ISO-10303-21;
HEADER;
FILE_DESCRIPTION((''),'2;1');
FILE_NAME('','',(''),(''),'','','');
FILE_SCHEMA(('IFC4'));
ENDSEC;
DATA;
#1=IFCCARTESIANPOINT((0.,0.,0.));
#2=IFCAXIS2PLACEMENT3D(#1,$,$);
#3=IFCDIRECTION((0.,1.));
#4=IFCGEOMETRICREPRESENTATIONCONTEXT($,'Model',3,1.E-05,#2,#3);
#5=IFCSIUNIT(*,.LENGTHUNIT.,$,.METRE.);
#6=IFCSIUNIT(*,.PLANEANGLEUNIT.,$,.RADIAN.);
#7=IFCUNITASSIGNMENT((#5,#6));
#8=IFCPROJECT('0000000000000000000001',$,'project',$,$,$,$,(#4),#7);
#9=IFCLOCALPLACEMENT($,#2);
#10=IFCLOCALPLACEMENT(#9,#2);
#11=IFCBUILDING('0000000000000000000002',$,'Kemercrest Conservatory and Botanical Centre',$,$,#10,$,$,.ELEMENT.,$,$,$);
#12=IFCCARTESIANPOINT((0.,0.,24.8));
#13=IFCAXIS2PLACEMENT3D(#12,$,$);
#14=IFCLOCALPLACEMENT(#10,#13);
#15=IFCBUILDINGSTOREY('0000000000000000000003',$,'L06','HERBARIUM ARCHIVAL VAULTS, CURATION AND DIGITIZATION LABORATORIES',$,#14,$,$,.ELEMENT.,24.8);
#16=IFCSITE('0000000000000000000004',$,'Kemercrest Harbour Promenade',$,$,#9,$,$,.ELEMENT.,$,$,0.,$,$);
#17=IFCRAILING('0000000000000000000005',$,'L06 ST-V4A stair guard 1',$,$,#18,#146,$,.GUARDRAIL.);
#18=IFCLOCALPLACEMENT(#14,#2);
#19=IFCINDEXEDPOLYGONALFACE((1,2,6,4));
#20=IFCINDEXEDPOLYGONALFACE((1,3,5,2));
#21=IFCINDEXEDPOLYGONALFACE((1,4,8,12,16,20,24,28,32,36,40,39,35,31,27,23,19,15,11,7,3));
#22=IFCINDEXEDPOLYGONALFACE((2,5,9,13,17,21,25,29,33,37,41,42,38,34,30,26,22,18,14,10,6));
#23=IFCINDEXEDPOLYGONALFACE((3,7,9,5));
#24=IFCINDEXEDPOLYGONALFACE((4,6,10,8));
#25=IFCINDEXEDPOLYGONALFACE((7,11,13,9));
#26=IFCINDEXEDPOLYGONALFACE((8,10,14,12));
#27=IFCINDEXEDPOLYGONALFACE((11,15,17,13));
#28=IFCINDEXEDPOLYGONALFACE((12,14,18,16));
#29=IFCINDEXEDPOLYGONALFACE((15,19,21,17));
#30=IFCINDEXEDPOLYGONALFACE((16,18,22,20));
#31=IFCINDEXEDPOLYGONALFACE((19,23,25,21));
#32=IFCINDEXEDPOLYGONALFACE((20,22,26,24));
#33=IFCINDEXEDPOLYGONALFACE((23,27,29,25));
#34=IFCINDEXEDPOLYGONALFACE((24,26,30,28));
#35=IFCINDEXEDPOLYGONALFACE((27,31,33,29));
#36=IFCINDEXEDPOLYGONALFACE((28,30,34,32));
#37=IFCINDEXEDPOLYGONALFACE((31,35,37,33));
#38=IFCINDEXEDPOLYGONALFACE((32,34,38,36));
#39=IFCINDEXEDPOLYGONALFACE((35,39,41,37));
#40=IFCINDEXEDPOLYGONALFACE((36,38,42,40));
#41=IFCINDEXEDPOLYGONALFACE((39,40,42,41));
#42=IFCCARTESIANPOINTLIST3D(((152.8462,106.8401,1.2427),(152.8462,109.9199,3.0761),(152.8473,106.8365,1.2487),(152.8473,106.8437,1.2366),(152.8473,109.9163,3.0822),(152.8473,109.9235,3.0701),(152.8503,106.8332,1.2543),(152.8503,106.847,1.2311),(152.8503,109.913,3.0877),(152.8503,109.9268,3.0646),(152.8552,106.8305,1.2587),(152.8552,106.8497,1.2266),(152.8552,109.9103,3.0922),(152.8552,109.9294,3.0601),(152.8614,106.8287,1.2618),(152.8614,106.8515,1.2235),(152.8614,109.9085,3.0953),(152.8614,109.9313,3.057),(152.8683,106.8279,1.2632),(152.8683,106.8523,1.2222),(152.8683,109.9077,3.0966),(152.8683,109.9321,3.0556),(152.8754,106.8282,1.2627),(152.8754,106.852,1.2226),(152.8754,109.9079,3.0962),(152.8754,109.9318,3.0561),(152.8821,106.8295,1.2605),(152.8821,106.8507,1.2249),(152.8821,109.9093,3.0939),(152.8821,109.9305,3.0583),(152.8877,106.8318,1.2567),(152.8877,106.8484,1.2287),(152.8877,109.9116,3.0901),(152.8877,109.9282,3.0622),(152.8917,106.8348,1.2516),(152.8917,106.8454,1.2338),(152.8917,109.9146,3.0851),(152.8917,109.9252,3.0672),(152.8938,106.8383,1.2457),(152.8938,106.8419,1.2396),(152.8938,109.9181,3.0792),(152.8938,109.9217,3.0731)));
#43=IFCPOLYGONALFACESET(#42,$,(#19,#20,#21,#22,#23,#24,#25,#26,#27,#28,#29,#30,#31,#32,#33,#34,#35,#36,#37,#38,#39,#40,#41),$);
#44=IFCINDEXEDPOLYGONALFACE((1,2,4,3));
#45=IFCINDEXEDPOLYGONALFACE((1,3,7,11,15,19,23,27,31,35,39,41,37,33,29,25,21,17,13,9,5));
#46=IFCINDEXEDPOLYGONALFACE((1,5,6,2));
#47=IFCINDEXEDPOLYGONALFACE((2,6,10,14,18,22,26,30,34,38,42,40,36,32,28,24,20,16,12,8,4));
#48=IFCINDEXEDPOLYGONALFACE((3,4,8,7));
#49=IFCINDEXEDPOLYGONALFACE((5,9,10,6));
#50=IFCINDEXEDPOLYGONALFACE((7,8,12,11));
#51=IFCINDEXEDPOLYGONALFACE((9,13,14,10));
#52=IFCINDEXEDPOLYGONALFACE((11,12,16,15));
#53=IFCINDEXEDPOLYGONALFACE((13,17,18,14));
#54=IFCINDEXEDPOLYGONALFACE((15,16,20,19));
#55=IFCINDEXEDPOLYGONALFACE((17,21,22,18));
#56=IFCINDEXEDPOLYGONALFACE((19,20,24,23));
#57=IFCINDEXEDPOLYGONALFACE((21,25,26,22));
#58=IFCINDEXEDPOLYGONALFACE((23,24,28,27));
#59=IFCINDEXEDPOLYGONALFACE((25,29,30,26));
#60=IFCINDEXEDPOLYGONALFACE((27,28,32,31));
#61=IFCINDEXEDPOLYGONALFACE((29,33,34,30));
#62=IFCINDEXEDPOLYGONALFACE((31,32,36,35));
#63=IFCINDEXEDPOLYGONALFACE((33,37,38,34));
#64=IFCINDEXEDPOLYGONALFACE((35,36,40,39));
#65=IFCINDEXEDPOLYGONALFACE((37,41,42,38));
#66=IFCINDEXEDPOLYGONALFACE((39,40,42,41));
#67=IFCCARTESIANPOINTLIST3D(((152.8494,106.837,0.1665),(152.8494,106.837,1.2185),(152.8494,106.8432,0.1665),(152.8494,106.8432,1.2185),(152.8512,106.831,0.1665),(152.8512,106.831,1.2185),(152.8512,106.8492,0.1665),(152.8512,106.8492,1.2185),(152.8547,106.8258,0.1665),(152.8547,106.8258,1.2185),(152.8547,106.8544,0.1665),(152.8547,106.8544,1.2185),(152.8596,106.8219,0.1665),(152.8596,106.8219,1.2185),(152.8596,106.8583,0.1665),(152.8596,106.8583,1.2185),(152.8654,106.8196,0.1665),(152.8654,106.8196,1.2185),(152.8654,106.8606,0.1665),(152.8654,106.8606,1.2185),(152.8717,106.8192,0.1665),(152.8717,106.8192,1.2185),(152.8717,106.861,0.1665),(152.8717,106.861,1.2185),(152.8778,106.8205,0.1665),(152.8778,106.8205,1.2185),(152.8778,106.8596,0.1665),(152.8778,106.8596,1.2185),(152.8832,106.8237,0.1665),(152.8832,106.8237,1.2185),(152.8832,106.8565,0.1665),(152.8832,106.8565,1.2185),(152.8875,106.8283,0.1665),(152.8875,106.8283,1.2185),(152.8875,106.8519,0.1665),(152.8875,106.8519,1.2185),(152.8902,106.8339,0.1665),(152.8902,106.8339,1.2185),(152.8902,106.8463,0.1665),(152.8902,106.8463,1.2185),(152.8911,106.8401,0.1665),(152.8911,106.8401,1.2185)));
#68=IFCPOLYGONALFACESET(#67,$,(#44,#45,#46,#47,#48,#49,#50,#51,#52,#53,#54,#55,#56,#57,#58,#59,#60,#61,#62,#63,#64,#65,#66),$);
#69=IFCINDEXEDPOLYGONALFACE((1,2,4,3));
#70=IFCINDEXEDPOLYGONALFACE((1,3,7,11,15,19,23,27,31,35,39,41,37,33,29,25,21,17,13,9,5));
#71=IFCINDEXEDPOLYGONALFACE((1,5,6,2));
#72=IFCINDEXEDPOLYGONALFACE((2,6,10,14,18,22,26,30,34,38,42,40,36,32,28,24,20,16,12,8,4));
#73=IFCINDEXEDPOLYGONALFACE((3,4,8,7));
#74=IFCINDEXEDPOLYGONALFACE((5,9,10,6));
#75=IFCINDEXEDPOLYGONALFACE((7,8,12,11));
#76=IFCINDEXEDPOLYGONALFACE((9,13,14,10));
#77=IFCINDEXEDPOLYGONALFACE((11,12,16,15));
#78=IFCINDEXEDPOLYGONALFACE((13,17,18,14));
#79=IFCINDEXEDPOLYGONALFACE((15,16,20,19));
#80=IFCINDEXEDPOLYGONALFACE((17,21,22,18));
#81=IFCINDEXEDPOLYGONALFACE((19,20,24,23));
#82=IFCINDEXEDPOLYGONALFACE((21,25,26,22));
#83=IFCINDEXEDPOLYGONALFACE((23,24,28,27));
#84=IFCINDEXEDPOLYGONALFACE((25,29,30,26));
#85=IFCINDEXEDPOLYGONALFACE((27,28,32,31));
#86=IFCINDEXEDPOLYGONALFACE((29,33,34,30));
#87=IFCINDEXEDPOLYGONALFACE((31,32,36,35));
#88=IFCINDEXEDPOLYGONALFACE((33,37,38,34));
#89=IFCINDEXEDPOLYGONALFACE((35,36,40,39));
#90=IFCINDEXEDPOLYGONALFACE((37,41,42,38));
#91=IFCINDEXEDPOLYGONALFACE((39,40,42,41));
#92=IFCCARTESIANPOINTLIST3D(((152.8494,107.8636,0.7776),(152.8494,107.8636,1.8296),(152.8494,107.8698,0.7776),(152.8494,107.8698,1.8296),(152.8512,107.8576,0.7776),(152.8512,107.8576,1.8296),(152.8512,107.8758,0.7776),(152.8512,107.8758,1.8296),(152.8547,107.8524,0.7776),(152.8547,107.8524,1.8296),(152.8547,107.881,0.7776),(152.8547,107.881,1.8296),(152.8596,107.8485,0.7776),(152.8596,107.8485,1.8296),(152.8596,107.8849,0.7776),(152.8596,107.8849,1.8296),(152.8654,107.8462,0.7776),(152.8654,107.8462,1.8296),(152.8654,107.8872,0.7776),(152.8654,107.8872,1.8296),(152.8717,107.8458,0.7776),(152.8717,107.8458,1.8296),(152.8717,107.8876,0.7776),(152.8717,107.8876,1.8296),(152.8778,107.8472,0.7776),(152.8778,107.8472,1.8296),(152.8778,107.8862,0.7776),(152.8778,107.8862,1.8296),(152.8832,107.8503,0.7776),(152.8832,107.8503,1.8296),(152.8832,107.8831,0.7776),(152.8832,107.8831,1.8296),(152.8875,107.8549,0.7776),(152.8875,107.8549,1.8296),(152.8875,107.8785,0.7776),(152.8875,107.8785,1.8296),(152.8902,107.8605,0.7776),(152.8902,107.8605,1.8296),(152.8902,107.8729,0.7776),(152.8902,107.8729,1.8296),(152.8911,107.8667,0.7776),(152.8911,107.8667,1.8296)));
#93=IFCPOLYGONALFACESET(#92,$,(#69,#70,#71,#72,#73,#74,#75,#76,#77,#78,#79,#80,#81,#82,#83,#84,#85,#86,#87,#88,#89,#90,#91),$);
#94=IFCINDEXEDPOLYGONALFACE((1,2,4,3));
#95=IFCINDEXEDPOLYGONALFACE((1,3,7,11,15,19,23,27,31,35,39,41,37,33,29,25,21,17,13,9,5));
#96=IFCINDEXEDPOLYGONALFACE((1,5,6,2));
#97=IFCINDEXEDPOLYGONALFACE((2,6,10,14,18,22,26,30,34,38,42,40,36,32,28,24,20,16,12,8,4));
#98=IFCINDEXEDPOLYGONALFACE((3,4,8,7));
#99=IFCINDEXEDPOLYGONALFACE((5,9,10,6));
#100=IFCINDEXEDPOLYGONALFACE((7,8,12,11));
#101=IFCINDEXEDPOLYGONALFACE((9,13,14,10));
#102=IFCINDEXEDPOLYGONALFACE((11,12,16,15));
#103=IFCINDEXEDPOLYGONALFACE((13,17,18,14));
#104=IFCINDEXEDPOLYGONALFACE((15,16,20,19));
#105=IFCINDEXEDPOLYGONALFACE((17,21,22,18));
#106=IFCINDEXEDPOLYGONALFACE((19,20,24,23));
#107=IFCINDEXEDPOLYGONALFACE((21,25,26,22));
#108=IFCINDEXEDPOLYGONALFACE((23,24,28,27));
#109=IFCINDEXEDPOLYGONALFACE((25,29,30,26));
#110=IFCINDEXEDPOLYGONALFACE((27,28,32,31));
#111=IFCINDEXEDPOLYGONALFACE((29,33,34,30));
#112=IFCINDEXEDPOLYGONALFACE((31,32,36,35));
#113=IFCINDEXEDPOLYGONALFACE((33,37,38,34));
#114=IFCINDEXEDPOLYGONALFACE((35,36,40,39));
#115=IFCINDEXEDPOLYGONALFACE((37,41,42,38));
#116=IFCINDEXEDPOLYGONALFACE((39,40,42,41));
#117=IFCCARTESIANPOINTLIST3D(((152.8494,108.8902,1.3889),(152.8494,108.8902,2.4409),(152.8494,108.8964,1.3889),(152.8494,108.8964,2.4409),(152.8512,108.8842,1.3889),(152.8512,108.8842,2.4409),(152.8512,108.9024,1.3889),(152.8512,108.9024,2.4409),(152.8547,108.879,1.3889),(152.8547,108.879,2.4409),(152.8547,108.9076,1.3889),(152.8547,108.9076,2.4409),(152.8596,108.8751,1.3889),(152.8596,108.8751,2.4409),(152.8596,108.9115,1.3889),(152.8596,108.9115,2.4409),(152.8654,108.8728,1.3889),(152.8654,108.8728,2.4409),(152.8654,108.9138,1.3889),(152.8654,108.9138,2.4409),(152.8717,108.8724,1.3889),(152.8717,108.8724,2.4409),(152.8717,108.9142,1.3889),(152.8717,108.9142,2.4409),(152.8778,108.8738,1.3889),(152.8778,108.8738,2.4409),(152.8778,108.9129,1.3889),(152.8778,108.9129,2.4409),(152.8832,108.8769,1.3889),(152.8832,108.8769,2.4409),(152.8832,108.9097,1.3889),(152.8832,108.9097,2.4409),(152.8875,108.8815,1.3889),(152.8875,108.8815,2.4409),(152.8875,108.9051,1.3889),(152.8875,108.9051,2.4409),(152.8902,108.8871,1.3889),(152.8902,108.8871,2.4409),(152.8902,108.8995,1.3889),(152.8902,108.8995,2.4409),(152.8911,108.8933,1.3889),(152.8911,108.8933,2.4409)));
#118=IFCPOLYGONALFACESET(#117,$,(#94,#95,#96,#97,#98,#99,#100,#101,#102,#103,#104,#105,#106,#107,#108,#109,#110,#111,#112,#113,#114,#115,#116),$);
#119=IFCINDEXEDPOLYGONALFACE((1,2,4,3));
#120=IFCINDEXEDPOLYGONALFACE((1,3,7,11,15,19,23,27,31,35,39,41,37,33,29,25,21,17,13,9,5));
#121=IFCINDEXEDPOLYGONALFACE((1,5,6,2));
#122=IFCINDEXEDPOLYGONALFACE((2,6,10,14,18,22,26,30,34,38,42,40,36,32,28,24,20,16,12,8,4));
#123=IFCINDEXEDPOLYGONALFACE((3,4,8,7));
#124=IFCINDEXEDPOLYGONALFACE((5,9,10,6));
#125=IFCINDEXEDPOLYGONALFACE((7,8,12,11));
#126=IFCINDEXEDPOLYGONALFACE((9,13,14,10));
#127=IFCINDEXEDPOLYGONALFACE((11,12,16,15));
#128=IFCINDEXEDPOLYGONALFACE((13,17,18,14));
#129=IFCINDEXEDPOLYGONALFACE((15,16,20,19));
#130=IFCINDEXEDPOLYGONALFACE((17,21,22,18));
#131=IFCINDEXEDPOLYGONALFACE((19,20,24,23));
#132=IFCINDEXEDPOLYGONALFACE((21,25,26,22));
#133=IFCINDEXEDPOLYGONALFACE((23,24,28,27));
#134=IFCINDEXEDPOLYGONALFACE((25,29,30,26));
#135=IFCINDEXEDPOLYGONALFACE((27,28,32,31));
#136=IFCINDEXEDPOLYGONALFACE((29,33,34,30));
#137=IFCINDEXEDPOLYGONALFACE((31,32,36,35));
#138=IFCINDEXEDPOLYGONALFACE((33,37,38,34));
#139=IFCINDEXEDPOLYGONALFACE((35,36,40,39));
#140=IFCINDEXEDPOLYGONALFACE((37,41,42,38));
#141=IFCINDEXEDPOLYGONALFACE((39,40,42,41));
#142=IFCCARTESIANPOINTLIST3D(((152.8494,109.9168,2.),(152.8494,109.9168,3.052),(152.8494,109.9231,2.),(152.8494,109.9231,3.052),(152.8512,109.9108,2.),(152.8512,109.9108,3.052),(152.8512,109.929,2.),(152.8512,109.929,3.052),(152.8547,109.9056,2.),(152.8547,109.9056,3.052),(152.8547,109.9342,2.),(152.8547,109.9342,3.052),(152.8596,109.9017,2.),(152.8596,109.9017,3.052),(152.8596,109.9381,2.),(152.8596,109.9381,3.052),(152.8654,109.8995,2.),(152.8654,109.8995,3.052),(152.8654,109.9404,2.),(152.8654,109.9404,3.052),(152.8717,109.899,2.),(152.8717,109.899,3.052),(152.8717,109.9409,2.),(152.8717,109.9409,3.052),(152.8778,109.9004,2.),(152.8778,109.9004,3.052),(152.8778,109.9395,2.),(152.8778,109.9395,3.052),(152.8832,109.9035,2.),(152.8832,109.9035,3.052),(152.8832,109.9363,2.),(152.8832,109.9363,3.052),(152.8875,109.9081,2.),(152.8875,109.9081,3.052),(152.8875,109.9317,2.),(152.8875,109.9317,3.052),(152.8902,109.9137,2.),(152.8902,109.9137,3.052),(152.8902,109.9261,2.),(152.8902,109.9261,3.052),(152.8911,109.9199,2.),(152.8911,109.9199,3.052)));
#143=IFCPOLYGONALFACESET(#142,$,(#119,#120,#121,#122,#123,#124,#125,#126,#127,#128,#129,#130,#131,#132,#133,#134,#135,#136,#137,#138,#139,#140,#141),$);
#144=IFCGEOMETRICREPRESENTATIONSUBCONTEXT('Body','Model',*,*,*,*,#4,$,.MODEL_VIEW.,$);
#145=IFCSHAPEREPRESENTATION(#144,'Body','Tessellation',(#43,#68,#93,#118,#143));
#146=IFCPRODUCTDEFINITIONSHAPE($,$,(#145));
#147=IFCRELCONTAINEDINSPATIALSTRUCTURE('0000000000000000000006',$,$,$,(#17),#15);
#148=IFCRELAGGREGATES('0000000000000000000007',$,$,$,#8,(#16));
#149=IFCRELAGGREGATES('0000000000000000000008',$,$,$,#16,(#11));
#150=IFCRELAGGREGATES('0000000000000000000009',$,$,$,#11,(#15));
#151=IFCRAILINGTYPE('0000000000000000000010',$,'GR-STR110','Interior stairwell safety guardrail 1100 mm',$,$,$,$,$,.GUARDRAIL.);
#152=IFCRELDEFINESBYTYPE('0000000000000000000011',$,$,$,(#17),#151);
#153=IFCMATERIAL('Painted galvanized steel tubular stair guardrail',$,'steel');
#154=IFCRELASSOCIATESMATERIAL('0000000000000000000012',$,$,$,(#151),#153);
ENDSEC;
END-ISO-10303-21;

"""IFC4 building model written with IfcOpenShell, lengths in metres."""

from ifc_helpers import new_model, si_unit, direction, frame, origin, origin_2d, place, context, subcontext, project, spatial, circle, extrude, material, type_object, element, save


model = new_model("IFC4")

# Units and contexts
model_context = context("Model", 3, precision=1e-05, world=origin(), true_north=direction((0.0, 1.0)))
body_context = subcontext(model_context, "Body", "Model", "MODEL_VIEW")
ifc_project = project(units=[si_unit("LENGTHUNIT", "METRE"), si_unit("PLANEANGLEUNIT", "RADIAN")], contexts=[model_context])

# Site, building, storey
site_placement = place(None, origin())
site = spatial("IfcSite", under=ifc_project, at=site_placement, Name="Kemercrest Harbour Promenade", CompositionType="ELEMENT", RefElevation=0.0)
building_placement = place(site_placement, origin())
building = spatial("IfcBuilding", under=site, at=building_placement, Name="Kemercrest Conservatory and Botanical Centre", CompositionType="ELEMENT")
storey_placement = place(building_placement, frame((0.0, 0.0, 24.8)))
storey = spatial("IfcBuildingStorey", under=building, at=storey_placement, Name="L06", Description="HERBARIUM ARCHIVAL VAULTS, CURATION AND DIGITIZATION LABORATORIES", CompositionType="ELEMENT", Elevation=24.8)

# Railing
ifc_material_1 = material(Name="Painted galvanized steel tubular stair guardrail", Category="steel")
railing_type_1 = type_object("IfcRailingType", Name="GR-STR110", Description="Interior stairwell safety guardrail 1100 mm", PredefinedType="GUARDRAIL", material=ifc_material_1)
railing_1_placement = place(storey_placement, frame((152.8701, 106.8401, 0.1665)))
element("IfcRailing", 1, at=railing_1_placement, inside=storey, type_object=railing_type_1, Name="L06 ST-V4A stair guard 1", PredefinedType="GUARDRAIL", context=body_context, shape_type="SweptSolid", body=[
    extrude(circle(Radius=0.0239, at=origin_2d()), frame((0.0, 0.0, 1.0762), z_axis=(0.0, 0.859261, 0.511538), x_axis=(-1.0, 0.0, 0.0)), (0.0, 0.0, 1.0), 3.5842),
    extrude(circle(Radius=0.021, at=origin_2d()), origin(), (0.0, 0.0, 1.0), 1.052),
    extrude(circle(Radius=0.021, at=origin_2d()), frame((0.0, 1.0266, 0.6111)), (0.0, 0.0, 1.0), 1.052),
    extrude(circle(Radius=0.021, at=origin_2d()), frame((0.0, 2.0532, 1.2224)), (0.0, 0.0, 1.0), 1.052),
    extrude(circle(Radius=0.021, at=origin_2d()), frame((0.0, 3.0798, 1.8335)), (0.0, 0.0, 1.0), 1.052),
])

save(model, "model.ifc")
